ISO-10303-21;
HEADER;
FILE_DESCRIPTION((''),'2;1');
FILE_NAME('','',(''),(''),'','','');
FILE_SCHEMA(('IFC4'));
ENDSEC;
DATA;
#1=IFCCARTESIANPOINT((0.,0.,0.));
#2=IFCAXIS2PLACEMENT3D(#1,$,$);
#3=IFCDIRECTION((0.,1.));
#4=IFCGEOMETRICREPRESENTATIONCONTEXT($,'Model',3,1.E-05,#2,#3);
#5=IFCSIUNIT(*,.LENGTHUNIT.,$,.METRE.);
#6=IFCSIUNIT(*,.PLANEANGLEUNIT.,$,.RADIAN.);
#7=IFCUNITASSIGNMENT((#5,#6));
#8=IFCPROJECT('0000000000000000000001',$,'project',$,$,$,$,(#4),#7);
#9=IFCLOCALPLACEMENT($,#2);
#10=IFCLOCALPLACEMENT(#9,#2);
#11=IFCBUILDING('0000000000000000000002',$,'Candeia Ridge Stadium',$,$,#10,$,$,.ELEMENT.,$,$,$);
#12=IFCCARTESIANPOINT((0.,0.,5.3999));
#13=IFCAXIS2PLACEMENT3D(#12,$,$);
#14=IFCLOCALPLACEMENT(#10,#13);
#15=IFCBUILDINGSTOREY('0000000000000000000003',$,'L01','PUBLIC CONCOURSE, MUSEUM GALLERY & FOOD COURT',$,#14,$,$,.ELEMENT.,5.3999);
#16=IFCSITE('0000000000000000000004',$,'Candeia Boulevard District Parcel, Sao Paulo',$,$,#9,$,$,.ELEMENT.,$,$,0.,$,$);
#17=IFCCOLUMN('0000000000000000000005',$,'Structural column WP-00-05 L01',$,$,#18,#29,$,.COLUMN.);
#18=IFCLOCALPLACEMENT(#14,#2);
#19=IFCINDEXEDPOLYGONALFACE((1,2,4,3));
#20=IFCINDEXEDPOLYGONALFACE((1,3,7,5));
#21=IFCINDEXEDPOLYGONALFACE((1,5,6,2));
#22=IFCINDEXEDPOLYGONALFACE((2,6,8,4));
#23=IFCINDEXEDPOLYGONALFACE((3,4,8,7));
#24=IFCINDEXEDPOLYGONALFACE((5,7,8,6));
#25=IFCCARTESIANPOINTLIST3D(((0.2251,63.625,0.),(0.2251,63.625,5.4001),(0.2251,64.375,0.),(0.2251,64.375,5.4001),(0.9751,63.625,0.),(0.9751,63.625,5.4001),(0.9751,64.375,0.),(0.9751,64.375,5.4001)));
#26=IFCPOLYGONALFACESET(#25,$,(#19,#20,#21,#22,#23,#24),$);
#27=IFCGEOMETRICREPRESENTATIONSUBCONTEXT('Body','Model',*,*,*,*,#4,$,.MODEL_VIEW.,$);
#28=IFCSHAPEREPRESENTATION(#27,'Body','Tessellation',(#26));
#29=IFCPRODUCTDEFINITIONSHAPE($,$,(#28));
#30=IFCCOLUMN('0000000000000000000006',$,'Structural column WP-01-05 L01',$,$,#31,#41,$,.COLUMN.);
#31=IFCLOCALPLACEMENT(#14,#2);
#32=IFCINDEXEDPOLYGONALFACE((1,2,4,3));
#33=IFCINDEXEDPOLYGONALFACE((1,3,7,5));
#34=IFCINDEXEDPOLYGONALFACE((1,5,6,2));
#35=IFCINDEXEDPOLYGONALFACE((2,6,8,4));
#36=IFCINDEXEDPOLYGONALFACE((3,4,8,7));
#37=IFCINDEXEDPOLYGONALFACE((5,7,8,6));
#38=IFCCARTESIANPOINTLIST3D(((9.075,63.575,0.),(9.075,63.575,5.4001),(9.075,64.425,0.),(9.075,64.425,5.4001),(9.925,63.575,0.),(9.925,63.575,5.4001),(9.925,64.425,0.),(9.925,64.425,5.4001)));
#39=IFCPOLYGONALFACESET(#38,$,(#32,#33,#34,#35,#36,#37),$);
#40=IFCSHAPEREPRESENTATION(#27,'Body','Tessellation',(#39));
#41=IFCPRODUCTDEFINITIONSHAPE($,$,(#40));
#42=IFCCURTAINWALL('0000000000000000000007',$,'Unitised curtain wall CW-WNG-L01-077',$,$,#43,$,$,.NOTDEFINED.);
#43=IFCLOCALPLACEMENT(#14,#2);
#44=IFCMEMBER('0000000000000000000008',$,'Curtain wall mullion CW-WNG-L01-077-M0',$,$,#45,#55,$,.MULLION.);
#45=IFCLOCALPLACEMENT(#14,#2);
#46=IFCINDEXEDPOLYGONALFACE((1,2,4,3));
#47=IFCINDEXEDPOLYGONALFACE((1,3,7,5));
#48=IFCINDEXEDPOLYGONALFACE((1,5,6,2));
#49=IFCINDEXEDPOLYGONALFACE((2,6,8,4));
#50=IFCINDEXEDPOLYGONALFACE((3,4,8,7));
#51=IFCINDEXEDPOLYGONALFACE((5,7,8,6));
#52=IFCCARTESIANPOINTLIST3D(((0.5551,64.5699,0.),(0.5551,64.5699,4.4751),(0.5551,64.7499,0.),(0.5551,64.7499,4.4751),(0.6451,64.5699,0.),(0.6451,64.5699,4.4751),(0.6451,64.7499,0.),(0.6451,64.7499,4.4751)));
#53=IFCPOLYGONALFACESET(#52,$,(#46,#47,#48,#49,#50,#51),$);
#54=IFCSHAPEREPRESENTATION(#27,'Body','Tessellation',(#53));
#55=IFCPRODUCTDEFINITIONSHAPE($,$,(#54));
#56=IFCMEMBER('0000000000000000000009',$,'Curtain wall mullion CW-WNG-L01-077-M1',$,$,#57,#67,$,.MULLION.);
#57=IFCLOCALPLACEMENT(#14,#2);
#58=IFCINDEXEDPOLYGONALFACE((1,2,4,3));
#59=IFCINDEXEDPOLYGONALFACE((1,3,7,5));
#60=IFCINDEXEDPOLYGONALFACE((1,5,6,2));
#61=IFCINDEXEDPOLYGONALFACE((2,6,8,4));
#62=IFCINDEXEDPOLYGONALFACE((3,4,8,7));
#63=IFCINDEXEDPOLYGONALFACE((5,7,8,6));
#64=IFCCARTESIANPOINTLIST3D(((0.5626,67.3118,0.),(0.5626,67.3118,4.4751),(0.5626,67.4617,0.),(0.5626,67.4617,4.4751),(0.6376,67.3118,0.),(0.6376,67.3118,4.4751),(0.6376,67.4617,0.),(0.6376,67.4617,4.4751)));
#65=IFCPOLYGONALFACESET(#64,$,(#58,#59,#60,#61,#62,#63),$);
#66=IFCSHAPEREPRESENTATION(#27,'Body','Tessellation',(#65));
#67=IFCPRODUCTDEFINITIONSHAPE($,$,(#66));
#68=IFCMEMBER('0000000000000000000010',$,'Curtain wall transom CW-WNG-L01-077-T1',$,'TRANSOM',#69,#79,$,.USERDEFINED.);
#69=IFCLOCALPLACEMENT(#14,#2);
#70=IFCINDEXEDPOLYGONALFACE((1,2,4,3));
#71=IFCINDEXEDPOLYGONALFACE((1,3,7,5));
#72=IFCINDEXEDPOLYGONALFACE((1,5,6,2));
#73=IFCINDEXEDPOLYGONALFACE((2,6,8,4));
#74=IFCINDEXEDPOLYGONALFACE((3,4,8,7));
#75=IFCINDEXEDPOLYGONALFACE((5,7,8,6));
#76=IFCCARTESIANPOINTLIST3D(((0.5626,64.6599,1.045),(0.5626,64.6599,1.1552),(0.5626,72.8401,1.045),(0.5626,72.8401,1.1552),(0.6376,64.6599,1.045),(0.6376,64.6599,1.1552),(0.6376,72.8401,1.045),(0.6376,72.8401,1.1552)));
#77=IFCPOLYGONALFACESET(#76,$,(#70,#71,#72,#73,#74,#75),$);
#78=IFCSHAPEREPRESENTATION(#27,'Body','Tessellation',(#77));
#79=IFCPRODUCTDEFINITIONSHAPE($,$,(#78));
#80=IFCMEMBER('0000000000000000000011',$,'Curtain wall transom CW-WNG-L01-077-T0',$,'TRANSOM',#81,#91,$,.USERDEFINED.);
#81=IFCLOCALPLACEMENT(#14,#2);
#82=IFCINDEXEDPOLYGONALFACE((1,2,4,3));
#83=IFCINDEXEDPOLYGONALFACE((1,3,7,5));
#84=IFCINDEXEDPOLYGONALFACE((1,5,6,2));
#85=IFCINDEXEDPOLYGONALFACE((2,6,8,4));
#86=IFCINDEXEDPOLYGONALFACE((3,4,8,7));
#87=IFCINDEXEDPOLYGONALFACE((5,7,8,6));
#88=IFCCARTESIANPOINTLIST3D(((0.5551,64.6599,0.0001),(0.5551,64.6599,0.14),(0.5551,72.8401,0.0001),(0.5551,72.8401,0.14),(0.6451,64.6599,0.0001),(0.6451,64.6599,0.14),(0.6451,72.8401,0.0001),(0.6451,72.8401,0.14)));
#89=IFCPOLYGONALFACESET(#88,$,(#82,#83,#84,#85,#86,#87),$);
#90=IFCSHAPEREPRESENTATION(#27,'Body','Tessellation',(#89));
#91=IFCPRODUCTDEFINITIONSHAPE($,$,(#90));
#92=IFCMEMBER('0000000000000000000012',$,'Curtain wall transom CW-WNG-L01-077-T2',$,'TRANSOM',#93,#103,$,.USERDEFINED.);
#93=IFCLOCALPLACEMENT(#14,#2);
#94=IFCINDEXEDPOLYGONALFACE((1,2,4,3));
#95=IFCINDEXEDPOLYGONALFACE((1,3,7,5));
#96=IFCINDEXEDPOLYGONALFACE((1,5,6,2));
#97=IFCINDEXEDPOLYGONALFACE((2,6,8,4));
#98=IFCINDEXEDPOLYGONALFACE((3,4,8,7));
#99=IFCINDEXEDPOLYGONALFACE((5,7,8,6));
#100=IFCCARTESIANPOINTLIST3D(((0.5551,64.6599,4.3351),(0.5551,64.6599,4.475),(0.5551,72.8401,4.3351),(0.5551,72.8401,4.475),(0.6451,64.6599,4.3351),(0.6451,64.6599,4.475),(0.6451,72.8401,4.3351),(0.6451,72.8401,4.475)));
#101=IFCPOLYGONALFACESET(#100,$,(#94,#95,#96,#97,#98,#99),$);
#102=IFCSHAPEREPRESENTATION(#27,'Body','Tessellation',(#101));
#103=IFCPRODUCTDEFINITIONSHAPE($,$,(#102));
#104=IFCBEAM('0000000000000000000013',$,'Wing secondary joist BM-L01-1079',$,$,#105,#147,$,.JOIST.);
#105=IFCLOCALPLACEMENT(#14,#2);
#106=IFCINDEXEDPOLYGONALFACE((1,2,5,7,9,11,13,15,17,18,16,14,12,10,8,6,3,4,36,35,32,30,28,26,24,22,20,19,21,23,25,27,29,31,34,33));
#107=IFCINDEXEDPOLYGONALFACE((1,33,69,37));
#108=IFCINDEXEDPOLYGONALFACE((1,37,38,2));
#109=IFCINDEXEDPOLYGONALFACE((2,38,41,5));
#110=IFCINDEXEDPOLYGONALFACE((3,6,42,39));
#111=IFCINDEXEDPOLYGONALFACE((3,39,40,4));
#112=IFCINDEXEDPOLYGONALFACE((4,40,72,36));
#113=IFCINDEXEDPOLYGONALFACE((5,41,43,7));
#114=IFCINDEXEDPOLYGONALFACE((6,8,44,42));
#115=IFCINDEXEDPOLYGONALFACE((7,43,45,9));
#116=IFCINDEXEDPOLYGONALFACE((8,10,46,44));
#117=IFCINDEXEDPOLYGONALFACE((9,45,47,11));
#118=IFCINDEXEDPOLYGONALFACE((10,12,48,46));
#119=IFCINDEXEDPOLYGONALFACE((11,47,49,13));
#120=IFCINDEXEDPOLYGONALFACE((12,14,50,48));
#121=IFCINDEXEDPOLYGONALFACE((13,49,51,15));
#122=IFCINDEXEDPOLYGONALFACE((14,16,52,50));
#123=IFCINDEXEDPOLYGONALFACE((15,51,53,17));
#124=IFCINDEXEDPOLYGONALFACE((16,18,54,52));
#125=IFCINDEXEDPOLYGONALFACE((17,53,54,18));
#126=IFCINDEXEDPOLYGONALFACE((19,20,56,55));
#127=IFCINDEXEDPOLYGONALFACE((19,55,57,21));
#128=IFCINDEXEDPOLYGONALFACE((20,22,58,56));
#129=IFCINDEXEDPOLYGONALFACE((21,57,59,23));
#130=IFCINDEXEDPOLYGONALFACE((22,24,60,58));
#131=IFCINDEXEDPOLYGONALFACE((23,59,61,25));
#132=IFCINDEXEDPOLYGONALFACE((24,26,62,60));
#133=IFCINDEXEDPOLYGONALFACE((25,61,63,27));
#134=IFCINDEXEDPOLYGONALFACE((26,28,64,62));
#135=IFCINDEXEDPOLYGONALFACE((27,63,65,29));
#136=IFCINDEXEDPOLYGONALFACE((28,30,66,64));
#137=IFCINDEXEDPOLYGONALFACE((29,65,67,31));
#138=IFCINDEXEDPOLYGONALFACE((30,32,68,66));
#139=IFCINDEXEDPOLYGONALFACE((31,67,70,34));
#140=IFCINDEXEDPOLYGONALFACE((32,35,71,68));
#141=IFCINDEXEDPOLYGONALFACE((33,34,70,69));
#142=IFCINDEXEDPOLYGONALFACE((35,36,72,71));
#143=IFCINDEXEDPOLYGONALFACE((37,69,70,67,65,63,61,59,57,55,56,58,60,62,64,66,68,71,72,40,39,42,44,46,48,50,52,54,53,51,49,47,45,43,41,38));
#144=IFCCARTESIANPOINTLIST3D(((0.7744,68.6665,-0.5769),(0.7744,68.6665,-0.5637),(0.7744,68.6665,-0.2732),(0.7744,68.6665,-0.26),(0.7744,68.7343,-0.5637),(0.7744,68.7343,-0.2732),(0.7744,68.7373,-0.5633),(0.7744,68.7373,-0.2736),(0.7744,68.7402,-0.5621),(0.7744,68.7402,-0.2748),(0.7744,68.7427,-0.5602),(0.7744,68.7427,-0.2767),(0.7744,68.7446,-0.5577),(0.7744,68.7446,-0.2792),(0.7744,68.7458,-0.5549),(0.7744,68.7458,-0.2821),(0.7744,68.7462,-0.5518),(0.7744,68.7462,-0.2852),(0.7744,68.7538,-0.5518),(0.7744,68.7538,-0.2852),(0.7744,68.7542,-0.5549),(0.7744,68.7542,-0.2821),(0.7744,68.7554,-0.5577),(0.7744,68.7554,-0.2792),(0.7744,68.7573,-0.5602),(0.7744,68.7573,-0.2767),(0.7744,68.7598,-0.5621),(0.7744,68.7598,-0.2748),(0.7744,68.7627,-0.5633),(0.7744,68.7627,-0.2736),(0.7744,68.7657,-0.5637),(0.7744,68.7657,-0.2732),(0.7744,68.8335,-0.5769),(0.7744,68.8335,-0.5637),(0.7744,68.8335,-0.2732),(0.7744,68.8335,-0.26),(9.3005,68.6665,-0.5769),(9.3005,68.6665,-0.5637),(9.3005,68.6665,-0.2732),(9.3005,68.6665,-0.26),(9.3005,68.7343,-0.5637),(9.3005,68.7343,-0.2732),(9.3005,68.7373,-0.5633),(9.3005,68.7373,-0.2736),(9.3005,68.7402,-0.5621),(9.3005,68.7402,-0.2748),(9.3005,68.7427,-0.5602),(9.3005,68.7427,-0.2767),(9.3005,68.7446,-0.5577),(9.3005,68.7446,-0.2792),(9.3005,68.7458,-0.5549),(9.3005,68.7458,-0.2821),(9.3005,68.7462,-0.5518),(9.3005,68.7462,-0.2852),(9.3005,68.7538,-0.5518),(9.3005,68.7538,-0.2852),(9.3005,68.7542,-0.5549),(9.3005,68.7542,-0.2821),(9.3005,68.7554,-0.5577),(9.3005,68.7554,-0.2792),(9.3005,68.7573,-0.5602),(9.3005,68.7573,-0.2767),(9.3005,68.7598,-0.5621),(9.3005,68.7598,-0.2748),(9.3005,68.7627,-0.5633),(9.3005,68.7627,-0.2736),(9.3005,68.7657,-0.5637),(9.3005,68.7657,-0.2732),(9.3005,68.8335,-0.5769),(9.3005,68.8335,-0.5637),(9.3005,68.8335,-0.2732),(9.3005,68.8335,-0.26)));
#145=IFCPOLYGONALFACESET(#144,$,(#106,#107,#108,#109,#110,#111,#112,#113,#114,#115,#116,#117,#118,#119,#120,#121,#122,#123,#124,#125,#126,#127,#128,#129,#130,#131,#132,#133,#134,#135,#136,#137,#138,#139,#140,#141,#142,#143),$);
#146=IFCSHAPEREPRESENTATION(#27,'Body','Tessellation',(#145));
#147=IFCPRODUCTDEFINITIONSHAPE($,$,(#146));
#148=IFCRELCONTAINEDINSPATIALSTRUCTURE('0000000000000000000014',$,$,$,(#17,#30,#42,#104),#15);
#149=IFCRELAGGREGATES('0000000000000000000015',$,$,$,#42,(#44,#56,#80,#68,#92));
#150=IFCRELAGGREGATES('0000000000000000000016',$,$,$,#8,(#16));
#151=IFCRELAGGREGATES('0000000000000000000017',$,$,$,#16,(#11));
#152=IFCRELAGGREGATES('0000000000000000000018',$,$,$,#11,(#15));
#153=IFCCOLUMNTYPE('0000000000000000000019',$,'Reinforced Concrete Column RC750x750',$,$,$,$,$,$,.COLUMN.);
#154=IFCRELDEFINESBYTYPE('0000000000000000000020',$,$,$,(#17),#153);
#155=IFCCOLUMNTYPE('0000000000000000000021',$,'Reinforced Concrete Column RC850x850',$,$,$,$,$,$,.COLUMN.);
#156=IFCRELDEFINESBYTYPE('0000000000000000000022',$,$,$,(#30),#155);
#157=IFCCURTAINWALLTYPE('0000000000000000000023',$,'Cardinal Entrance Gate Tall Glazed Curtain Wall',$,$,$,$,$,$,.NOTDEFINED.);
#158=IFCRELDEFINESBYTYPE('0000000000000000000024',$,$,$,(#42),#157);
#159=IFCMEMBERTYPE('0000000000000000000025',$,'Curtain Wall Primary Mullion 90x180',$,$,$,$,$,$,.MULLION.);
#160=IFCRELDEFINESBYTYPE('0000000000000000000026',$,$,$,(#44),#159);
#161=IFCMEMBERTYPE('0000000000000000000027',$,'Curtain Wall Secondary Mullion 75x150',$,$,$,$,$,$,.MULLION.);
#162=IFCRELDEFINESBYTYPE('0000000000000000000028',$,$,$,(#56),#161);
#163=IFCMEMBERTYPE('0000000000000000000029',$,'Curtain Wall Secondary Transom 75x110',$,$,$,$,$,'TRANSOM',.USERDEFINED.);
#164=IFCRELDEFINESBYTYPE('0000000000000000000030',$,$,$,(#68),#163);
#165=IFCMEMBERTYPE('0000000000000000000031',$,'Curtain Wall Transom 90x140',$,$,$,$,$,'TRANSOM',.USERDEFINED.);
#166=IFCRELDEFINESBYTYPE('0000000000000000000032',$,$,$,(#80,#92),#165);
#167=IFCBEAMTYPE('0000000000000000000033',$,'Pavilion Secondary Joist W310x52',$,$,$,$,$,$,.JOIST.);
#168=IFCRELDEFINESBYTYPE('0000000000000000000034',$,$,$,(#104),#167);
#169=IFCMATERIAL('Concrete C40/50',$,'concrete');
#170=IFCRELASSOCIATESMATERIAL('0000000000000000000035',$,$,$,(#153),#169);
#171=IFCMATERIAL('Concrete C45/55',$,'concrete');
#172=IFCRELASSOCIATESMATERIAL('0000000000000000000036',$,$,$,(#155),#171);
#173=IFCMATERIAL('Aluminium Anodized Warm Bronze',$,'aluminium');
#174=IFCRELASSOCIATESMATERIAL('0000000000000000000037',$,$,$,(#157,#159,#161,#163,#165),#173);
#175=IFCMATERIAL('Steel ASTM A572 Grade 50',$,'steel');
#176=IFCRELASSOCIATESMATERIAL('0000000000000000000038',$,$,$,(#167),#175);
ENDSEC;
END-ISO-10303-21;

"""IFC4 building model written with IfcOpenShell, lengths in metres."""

from ifc_helpers import new_model, si_unit, direction, frame, origin, origin_2d, place, context, subcontext, project, spatial, rectangle, i_section, extrude, material, material_profile, profile_set, type_object, element, aggregate, save


model = new_model("IFC4")

# Units and contexts
model_context = context("Model", 3, precision=1e-05, world=origin(), true_north=direction((0.0, 1.0)))
body_context = subcontext(model_context, "Body", "Model", "MODEL_VIEW")
ifc_project = project(units=[si_unit("LENGTHUNIT", "METRE"), si_unit("PLANEANGLEUNIT", "RADIAN")], contexts=[model_context])

# Site, building, storey
site_placement = place(None, origin())
site = spatial("IfcSite", under=ifc_project, at=site_placement, Name="Candeia Boulevard District Parcel, Sao Paulo", CompositionType="ELEMENT", RefElevation=0.0)
building_placement = place(site_placement, origin())
building = spatial("IfcBuilding", under=site, at=building_placement, Name="Candeia Ridge Stadium", CompositionType="ELEMENT")
storey_placement = place(building_placement, frame((0.0, 0.0, 5.3999)))
storey = spatial("IfcBuildingStorey", under=building, at=storey_placement, Name="L01", Description="PUBLIC CONCOURSE, MUSEUM GALLERY & FOOD COURT", CompositionType="ELEMENT", Elevation=5.3999)

# Columns
ifc_material_1 = material(Name="Concrete C40/50", Category="concrete")
ifc_material_profile_1 = material_profile(ifc_material_1, rectangle(XDim=0.75, YDim=0.75, at=origin_2d()), Name="RC750x750", Category="concrete")
ifc_profile_set_1 = profile_set([ifc_material_profile_1], Name="Concrete C40/50")
column_type_1 = type_object("IfcColumnType", Name="Reinforced Concrete Column RC750x750", PredefinedType="COLUMN", material=ifc_profile_set_1)
column_1_placement = place(storey_placement, frame((0.6001, 64.0, 0.0), z_axis=(0.0, 0.0, 1.0), x_axis=(1.0, 0.0, 0.0)))
element("IfcColumn", 1, at=column_1_placement, inside=storey, type_object=column_type_1, Name="Structural column WP-00-05 L01", PredefinedType="COLUMN", context=body_context, shape_type="SweptSolid", body=[
    extrude(rectangle(XDim=0.75, YDim=0.75, at=origin_2d()), origin(), (0.0, 0.0, 1.0), 5.4001),
])
ifc_material_2 = material(Name="Concrete C45/55", Category="concrete")
ifc_material_profile_2 = material_profile(ifc_material_2, rectangle(XDim=0.8501, YDim=0.8501, at=origin_2d()), Name="RC850x850", Category="concrete")
ifc_profile_set_2 = profile_set([ifc_material_profile_2], Name="Concrete C45/55")
column_type_2 = type_object("IfcColumnType", Name="Reinforced Concrete Column RC850x850", PredefinedType="COLUMN", material=ifc_profile_set_2)
column_2_placement = place(storey_placement, frame((9.5, 64.0, 0.0), z_axis=(0.0, 0.0, 1.0), x_axis=(1.0, 0.0, 0.0)))
element("IfcColumn", 2, at=column_2_placement, inside=storey, type_object=column_type_2, Name="Structural column WP-01-05 L01", PredefinedType="COLUMN", context=body_context, shape_type="SweptSolid", body=[
    extrude(rectangle(XDim=0.8501, YDim=0.8501, at=origin_2d()), origin(), (0.0, 0.0, 1.0), 5.4001),
])

# Curtain wall, members
ifc_material_3 = material(Name="Aluminium Anodized Warm Bronze", Category="aluminium")
curtain_wall_type = type_object("IfcCurtainWallType", Name="Cardinal Entrance Gate Tall Glazed Curtain Wall", PredefinedType="NOTDEFINED", material=ifc_material_3)
curtain_wall_placement = place(storey_placement, origin())
curtain_wall = element("IfcCurtainWall", 3, at=curtain_wall_placement, inside=storey, type_object=curtain_wall_type, Name="Unitised curtain wall CW-WNG-L01-077", PredefinedType="NOTDEFINED")
ifc_material_profile_3 = material_profile(ifc_material_3, rectangle(XDim=0.0901, YDim=0.1799, at=origin_2d()), Name="CWM-90x180", Category="aluminium")
ifc_profile_set_3 = profile_set([ifc_material_profile_3], Name="Aluminium Anodized Warm Bronze")
member_type_1 = type_object("IfcMemberType", Name="Curtain Wall Primary Mullion 90x180", PredefinedType="MULLION", material=ifc_profile_set_3)
member_1_placement = place(storey_placement, frame((0.6001, 64.6599, 0.0), z_axis=(0.0, 0.0, 1.0), x_axis=(1.0, 0.0, 0.0)))
member_1 = element("IfcMember", 4, at=member_1_placement, type_object=member_type_1, Name="Curtain wall mullion CW-WNG-L01-077-M0", PredefinedType="MULLION", context=body_context, shape_type="SweptSolid", body=[
    extrude(rectangle(XDim=0.0901, YDim=0.1799, at=origin_2d()), origin(), (0.0, 0.0, 1.0), 4.4751),
])
ifc_material_profile_4 = material_profile(ifc_material_3, rectangle(XDim=0.075, YDim=0.1499, at=origin_2d()), Name="CWM-75x150", Category="aluminium")
ifc_profile_set_4 = profile_set([ifc_material_profile_4], Name="Aluminium Anodized Warm Bronze")
member_type_2 = type_object("IfcMemberType", Name="Curtain Wall Secondary Mullion 75x150", PredefinedType="MULLION", material=ifc_profile_set_4)
member_2_placement = place(storey_placement, frame((0.6001, 67.3867, 0.0), z_axis=(0.0, 0.0, 1.0), x_axis=(1.0, 0.0, 0.0)))
member_2 = element("IfcMember", 5, at=member_2_placement, type_object=member_type_2, Name="Curtain wall mullion CW-WNG-L01-077-M1", PredefinedType="MULLION", context=body_context, shape_type="SweptSolid", body=[
    extrude(rectangle(XDim=0.075, YDim=0.1499, at=origin_2d()), origin(), (0.0, 0.0, 1.0), 4.4751),
])
ifc_material_profile_5 = material_profile(ifc_material_3, rectangle(XDim=0.075, YDim=0.1101, at=origin_2d()), Name="CWT-75x110", Category="aluminium")
ifc_profile_set_5 = profile_set([ifc_material_profile_5], Name="Aluminium Anodized Warm Bronze")
member_type_3 = type_object("IfcMemberType", Name="Curtain Wall Secondary Transom 75x110", ElementType="TRANSOM", PredefinedType="USERDEFINED", material=ifc_profile_set_5)
member_3_placement = place(storey_placement, frame((0.6001, 64.6599, 1.1001), z_axis=(0.0, 1.0, 0.0), x_axis=(-1.0, 0.0, 0.0)))
member_3 = element("IfcMember", 6, at=member_3_placement, type_object=member_type_3, Name="Curtain wall transom CW-WNG-L01-077-T1", ObjectType="TRANSOM", PredefinedType="USERDEFINED", context=body_context, shape_type="SweptSolid", body=[
    extrude(rectangle(XDim=0.075, YDim=0.1101, at=origin_2d()), origin(), (0.0, 0.0, 1.0), 8.1802),
])
ifc_material_profile_6 = material_profile(ifc_material_3, rectangle(XDim=0.0901, YDim=0.1399, at=origin_2d()), Name="CWT-90x140", Category="aluminium")
ifc_profile_set_6 = profile_set([ifc_material_profile_6], Name="Aluminium Anodized Warm Bronze")
member_type_4 = type_object("IfcMemberType", Name="Curtain Wall Transom 90x140", ElementType="TRANSOM", PredefinedType="USERDEFINED", material=ifc_profile_set_6)
member_4_placement = place(storey_placement, frame((0.6001, 64.6599, 0.0701), z_axis=(0.0, 1.0, 0.0), x_axis=(-1.0, 0.0, 0.0)))
member_4 = element("IfcMember", 7, at=member_4_placement, type_object=member_type_4, Name="Curtain wall transom CW-WNG-L01-077-T0", ObjectType="TRANSOM", PredefinedType="USERDEFINED", context=body_context, shape_type="SweptSolid", body=[
    extrude(rectangle(XDim=0.0901, YDim=0.1399, at=origin_2d()), origin(), (0.0, 0.0, 1.0), 8.1802),
])
member_5_placement = place(storey_placement, frame((0.6001, 64.6599, 4.405), z_axis=(0.0, 1.0, 0.0), x_axis=(-1.0, 0.0, 0.0)))
member_5 = element("IfcMember", 8, at=member_5_placement, type_object=member_type_4, Name="Curtain wall transom CW-WNG-L01-077-T2", ObjectType="TRANSOM", PredefinedType="USERDEFINED", context=body_context, shape_type="SweptSolid", body=[
    extrude(rectangle(XDim=0.0901, YDim=0.1399, at=origin_2d()), origin(), (0.0, 0.0, 1.0), 8.1802),
])

# Beam
ifc_material_4 = material(Name="Steel ASTM A572 Grade 50", Category="steel")
ifc_material_profile_7 = material_profile(ifc_material_4, i_section(OverallWidth=0.167, OverallDepth=0.3169, WebThickness=0.0076, FlangeThickness=0.0132, FilletRadius=0.012, at=origin_2d()), Name="W310x52", Category="steel")
ifc_profile_set_7 = profile_set([ifc_material_profile_7], Name="Steel ASTM A572 Grade 50")
beam_type_1 = type_object("IfcBeamType", Name="Pavilion Secondary Joist W310x52", PredefinedType="JOIST", material=ifc_profile_set_7)
beam_1_placement = place(storey_placement, frame((0.7744, 68.75, -0.4185), z_axis=(1.0, 0.0, 0.0), x_axis=(0.0, 1.0, 0.0)))
element("IfcBeam", 9, at=beam_1_placement, inside=storey, type_object=beam_type_1, Name="Wing secondary joist BM-L01-1079", PredefinedType="JOIST", context=body_context, shape_type="SweptSolid", body=[
    extrude(i_section(OverallWidth=0.167, OverallDepth=0.3169, WebThickness=0.0076, FlangeThickness=0.0132, FilletRadius=0.012, at=origin_2d()), origin(), (0.0, 0.0, 1.0), 8.5261),
])

aggregate(curtain_wall, [member_1, member_2, member_4, member_3, member_5])

save(model, "model.ifc")
